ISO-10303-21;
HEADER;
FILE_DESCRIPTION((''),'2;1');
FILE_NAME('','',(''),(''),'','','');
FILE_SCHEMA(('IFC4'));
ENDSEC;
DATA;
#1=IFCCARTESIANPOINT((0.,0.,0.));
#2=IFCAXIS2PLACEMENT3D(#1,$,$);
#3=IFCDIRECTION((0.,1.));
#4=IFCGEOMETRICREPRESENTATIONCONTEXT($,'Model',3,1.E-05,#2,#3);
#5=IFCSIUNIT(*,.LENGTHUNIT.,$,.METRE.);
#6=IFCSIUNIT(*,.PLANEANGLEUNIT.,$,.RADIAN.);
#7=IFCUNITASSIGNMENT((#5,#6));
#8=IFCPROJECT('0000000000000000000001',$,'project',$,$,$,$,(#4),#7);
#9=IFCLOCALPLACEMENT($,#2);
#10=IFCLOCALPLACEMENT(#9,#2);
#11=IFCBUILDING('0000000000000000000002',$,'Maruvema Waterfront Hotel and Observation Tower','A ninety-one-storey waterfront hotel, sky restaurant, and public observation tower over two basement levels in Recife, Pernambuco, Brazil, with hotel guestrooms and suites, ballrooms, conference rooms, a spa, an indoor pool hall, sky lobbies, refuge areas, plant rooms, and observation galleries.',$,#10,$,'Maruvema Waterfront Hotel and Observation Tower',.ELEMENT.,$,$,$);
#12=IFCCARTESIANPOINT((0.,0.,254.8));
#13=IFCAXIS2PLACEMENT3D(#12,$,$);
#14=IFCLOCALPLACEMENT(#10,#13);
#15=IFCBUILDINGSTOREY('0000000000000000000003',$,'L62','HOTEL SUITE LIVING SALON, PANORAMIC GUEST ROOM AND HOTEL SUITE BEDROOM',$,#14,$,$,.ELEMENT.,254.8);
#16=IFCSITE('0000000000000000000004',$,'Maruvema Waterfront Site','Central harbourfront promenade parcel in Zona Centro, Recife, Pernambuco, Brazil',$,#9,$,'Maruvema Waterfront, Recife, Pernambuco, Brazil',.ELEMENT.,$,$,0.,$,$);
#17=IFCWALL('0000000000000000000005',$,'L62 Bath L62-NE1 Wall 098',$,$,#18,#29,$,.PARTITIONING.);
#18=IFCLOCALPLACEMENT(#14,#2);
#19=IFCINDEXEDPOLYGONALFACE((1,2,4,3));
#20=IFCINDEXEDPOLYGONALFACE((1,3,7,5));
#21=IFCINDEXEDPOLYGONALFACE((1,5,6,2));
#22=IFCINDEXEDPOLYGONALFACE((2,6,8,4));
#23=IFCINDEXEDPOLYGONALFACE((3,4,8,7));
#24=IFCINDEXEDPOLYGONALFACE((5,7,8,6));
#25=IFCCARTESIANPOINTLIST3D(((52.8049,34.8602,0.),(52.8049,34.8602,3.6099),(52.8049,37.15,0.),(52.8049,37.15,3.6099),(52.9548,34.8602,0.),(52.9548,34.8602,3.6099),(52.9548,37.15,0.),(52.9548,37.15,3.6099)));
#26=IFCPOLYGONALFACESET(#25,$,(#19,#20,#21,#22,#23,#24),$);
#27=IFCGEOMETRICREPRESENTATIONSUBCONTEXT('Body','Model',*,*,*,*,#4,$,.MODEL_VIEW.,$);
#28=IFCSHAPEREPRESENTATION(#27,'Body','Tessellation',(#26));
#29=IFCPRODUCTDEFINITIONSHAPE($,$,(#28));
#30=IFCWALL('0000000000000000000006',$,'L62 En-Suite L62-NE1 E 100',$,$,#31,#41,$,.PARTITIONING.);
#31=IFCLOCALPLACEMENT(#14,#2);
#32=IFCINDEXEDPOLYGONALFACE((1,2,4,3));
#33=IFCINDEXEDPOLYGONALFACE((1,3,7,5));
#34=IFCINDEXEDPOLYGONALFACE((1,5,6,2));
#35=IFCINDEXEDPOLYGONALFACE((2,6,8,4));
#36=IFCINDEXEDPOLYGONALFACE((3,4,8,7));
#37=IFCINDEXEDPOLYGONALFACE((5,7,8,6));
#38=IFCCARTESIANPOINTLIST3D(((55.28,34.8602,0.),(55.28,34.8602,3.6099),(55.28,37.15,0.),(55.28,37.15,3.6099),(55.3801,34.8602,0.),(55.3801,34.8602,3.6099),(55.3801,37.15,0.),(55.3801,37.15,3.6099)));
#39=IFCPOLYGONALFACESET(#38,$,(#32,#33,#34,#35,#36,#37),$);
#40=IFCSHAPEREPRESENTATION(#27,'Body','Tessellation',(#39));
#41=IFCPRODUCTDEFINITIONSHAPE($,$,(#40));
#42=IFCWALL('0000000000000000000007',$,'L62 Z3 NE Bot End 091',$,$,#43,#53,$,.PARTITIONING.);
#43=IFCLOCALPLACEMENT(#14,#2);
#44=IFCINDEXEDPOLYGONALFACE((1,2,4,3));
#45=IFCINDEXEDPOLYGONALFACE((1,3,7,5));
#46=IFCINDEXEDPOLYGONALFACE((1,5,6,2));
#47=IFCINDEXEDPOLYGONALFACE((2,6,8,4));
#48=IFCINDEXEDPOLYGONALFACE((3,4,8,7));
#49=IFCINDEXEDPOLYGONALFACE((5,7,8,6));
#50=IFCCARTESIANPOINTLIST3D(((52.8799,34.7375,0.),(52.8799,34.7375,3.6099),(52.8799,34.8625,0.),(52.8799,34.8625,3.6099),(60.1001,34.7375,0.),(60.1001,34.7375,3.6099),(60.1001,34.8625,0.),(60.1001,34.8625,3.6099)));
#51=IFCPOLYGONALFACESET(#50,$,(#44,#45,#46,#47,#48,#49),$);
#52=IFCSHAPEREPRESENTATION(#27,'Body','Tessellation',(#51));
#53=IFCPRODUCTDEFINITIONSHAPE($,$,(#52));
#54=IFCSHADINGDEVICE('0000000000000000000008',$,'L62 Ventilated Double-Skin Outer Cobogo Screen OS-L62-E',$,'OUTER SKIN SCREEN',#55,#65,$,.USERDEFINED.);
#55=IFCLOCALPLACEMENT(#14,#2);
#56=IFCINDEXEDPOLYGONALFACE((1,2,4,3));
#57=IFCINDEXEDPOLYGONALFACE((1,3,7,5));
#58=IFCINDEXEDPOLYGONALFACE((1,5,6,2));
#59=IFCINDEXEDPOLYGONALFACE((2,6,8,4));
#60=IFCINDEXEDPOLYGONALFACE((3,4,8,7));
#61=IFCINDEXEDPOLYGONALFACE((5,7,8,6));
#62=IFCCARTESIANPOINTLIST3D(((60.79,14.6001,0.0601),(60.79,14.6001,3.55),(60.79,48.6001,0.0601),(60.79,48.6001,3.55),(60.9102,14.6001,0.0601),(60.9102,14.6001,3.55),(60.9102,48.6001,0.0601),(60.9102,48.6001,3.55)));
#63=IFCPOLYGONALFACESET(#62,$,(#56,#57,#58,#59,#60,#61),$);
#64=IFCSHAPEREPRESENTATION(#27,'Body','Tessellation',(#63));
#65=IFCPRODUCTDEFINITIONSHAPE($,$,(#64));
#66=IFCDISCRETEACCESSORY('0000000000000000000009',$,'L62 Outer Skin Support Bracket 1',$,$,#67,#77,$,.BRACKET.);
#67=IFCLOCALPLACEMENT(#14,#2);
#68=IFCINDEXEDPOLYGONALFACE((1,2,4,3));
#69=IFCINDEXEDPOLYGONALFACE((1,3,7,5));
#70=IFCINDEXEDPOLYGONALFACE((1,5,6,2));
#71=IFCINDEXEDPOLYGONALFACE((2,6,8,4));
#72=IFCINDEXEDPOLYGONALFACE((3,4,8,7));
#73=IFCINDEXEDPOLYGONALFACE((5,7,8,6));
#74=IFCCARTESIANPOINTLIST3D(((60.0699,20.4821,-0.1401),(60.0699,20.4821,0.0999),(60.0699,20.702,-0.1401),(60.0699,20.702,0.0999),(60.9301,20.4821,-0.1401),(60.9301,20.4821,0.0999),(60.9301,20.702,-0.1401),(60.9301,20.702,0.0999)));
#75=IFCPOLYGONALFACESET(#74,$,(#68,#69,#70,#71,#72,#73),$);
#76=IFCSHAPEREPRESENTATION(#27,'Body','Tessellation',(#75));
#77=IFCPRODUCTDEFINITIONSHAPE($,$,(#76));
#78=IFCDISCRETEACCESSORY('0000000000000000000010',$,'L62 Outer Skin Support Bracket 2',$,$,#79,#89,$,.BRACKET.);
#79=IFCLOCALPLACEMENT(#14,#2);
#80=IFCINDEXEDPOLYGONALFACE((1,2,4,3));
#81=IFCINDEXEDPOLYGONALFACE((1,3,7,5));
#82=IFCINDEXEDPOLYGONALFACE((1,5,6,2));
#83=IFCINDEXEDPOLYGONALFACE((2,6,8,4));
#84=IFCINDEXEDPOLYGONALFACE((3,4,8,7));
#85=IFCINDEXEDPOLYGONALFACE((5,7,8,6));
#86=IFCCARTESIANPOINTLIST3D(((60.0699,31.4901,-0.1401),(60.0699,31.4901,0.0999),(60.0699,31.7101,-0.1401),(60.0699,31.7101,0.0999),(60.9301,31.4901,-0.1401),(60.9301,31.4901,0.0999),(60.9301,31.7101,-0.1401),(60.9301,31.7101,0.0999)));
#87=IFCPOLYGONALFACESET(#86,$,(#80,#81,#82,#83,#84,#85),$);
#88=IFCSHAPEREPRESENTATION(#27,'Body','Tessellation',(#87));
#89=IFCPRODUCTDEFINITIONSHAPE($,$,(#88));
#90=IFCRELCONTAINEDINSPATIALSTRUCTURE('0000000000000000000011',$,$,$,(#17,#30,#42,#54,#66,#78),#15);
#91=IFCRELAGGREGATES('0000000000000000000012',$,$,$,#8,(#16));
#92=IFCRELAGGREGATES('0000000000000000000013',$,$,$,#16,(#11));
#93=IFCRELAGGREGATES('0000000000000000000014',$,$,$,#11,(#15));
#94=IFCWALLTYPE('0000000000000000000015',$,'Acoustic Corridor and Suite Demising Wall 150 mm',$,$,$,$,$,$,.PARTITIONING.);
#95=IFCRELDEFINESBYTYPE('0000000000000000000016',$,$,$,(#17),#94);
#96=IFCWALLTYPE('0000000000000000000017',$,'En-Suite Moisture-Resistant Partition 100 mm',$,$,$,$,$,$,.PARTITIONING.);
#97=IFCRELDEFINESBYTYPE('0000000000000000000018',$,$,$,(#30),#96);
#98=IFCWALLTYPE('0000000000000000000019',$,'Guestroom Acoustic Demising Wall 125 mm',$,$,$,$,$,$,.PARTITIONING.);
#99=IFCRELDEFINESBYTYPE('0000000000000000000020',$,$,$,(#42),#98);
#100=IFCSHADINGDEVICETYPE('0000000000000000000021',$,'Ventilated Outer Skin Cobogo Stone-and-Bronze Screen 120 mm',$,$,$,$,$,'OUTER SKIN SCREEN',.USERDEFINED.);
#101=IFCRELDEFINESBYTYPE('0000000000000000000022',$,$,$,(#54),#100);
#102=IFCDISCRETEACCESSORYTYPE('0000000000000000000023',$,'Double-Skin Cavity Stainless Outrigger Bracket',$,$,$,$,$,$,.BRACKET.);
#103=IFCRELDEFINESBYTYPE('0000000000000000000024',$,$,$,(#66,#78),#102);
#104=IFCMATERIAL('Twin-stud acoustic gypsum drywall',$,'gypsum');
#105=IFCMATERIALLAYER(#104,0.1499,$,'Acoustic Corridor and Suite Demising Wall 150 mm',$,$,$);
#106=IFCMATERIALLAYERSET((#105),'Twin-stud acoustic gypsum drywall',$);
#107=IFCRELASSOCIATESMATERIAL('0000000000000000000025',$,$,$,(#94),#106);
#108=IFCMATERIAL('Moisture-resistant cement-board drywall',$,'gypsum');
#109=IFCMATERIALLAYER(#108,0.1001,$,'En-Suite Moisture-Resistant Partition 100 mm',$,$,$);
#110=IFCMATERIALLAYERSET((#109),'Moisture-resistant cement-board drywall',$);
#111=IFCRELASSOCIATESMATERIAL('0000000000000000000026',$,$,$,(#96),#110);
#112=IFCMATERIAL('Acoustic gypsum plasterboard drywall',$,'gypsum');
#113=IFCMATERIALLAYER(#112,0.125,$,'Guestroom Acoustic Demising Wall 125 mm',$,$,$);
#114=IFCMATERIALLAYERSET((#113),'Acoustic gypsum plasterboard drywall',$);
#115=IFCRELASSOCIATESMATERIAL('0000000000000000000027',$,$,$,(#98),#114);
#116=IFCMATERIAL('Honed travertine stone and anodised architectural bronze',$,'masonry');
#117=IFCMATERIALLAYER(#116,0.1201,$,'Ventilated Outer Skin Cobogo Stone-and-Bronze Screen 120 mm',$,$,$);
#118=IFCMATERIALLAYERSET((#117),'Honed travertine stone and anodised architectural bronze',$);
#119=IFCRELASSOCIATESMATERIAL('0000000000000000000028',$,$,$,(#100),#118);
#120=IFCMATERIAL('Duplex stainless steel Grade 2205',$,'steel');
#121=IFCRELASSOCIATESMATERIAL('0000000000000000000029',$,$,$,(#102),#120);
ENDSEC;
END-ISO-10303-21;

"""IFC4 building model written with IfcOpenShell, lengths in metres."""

from ifc_helpers import new_model, si_unit, direction, frame, frame_2d, origin, origin_2d, place, context, subcontext, project, spatial, rectangle, extrude, material, layer, layer_set, type_object, element, save


model = new_model("IFC4")

# Units and contexts
model_context = context("Model", 3, precision=1e-05, world=origin(), true_north=direction((0.0, 1.0)))
body_context = subcontext(model_context, "Body", "Model", "MODEL_VIEW")
ifc_project = project(units=[si_unit("LENGTHUNIT", "METRE"), si_unit("PLANEANGLEUNIT", "RADIAN")], contexts=[model_context])

# Site, building, storey
site_placement = place(None, origin())
site = spatial("IfcSite", under=ifc_project, at=site_placement, Name="Maruvema Waterfront Site", Description="Central harbourfront promenade parcel in Zona Centro, Recife, Pernambuco, Brazil", LongName="Maruvema Waterfront, Recife, Pernambuco, Brazil", CompositionType="ELEMENT", RefElevation=0.0)
building_placement = place(site_placement, origin())
building = spatial("IfcBuilding", under=site, at=building_placement, Name="Maruvema Waterfront Hotel and Observation Tower", Description="A ninety-one-storey waterfront hotel, sky restaurant, and public observation tower over two basement levels in Recife, Pernambuco, Brazil, with hotel guestrooms and suites, ballrooms, conference rooms, a spa, an indoor pool hall, sky lobbies, refuge areas, plant rooms, and observation galleries.", LongName="Maruvema Waterfront Hotel and Observation Tower", CompositionType="ELEMENT")
storey_placement = place(building_placement, frame((0.0, 0.0, 254.8)))
storey = spatial("IfcBuildingStorey", under=building, at=storey_placement, Name="L62", Description="HOTEL SUITE LIVING SALON, PANORAMIC GUEST ROOM AND HOTEL SUITE BEDROOM", CompositionType="ELEMENT", Elevation=254.8)

# Walls
ifc_material_1 = material(Name="Twin-stud acoustic gypsum drywall", Category="gypsum")
ifc_layer_1 = layer(ifc_material_1, 0.1499, Name="Acoustic Corridor and Suite Demising Wall 150 mm")
ifc_layer_set_1 = layer_set([ifc_layer_1], Name="Twin-stud acoustic gypsum drywall")
wall_type_1 = type_object("IfcWallType", Name="Acoustic Corridor and Suite Demising Wall 150 mm", PredefinedType="PARTITIONING", material=ifc_layer_set_1)
wall_1_placement = place(storey_placement, frame((52.8799, 34.8601, 0.0), z_axis=(0.0, 0.0, 1.0), x_axis=(0.0, 1.0, 0.0)))
element("IfcWall", 1, at=wall_1_placement, inside=storey, type_object=wall_type_1, Name="L62 Bath L62-NE1 Wall 098", PredefinedType="PARTITIONING", context=body_context, shape_type="SweptSolid", body=[
    extrude(rectangle(XDim=2.2898, YDim=0.1499, at=frame_2d((1.145, 0.0))), origin(), (0.0, 0.0, 1.0), 3.6099),
])
ifc_material_2 = material(Name="Moisture-resistant cement-board drywall", Category="gypsum")
ifc_layer_2 = layer(ifc_material_2, 0.1001, Name="En-Suite Moisture-Resistant Partition 100 mm")
ifc_layer_set_2 = layer_set([ifc_layer_2], Name="Moisture-resistant cement-board drywall")
wall_type_2 = type_object("IfcWallType", Name="En-Suite Moisture-Resistant Partition 100 mm", PredefinedType="PARTITIONING", material=ifc_layer_set_2)
wall_2_placement = place(storey_placement, frame((55.3301, 34.8601, 0.0), z_axis=(0.0, 0.0, 1.0), x_axis=(0.0, 1.0, 0.0)))
element("IfcWall", 2, at=wall_2_placement, inside=storey, type_object=wall_type_2, Name="L62 En-Suite L62-NE1 E 100", PredefinedType="PARTITIONING", context=body_context, shape_type="SweptSolid", body=[
    extrude(rectangle(XDim=2.2898, YDim=0.1001, at=frame_2d((1.145, 0.0))), origin(), (0.0, 0.0, 1.0), 3.6099),
])
ifc_material_3 = material(Name="Acoustic gypsum plasterboard drywall", Category="gypsum")
ifc_layer_3 = layer(ifc_material_3, 0.125, Name="Guestroom Acoustic Demising Wall 125 mm")
ifc_layer_set_3 = layer_set([ifc_layer_3], Name="Acoustic gypsum plasterboard drywall")
wall_type_3 = type_object("IfcWallType", Name="Guestroom Acoustic Demising Wall 125 mm", PredefinedType="PARTITIONING", material=ifc_layer_set_3)
wall_3_placement = place(storey_placement, frame((52.8799, 34.8, 0.0), z_axis=(0.0, 0.0, 1.0), x_axis=(1.0, 0.0, 0.0)))
element("IfcWall", 3, at=wall_3_placement, inside=storey, type_object=wall_type_3, Name="L62 Z3 NE Bot End 091", PredefinedType="PARTITIONING", context=body_context, shape_type="SweptSolid", body=[
    extrude(rectangle(XDim=7.2202, YDim=0.125, at=frame_2d((3.6101, 0.0))), origin(), (0.0, 0.0, 1.0), 3.6099),
])

# Shading device
ifc_material_4 = material(Name="Honed travertine stone and anodised architectural bronze", Category="masonry")
ifc_layer_4 = layer(ifc_material_4, 0.1201, Name="Ventilated Outer Skin Cobogo Stone-and-Bronze Screen 120 mm")
ifc_layer_set_4 = layer_set([ifc_layer_4], Name="Honed travertine stone and anodised architectural bronze")
shading_device_type = type_object("IfcShadingDeviceType", Name="Ventilated Outer Skin Cobogo Stone-and-Bronze Screen 120 mm", ElementType="OUTER SKIN SCREEN", PredefinedType="USERDEFINED", material=ifc_layer_set_4)
shading_device_placement = place(storey_placement, frame((60.8501, 31.6001, 0.0601), z_axis=(0.0, 0.0, 1.0), x_axis=(0.0, 1.0, 0.0)))
element("IfcShadingDevice", 4, at=shading_device_placement, inside=storey, type_object=shading_device_type, Name="L62 Ventilated Double-Skin Outer Cobogo Screen OS-L62-E", ObjectType="OUTER SKIN SCREEN", PredefinedType="USERDEFINED", context=body_context, shape_type="SweptSolid", body=[
    extrude(rectangle(XDim=34.0, YDim=0.1201, at=origin_2d()), origin(), (0.0, 0.0, 1.0), 3.49),
])

# Discrete accessories
ifc_material_5 = material(Name="Duplex stainless steel Grade 2205", Category="steel")
discrete_accessory_type = type_object("IfcDiscreteAccessoryType", Name="Double-Skin Cavity Stainless Outrigger Bracket", PredefinedType="BRACKET", material=ifc_material_5)
for number, where, z_axis, x_axis, name in (
    (5, (60.5, 20.592, -0.1401), (0.0, 0.0, 1.0), (0.0, 1.0, 0.0), "L62 Outer Skin Support Bracket 1"),
    (6, (60.5, 31.6001, -0.1401), (0.0, 0.0, 1.0), (0.0, 1.0, 0.0), "L62 Outer Skin Support Bracket 2"),
):
    element("IfcDiscreteAccessory", number, at=place(storey_placement, frame(where, z_axis=z_axis, x_axis=x_axis)), inside=storey, type_object=discrete_accessory_type, Name=name, PredefinedType="BRACKET", context=body_context, shape_type="SweptSolid", body=[
        extrude(rectangle(XDim=0.22, YDim=0.8601, at=origin_2d()), origin(), (0.0, 0.0, 1.0), 0.24),
    ])

save(model, "model.ifc")
